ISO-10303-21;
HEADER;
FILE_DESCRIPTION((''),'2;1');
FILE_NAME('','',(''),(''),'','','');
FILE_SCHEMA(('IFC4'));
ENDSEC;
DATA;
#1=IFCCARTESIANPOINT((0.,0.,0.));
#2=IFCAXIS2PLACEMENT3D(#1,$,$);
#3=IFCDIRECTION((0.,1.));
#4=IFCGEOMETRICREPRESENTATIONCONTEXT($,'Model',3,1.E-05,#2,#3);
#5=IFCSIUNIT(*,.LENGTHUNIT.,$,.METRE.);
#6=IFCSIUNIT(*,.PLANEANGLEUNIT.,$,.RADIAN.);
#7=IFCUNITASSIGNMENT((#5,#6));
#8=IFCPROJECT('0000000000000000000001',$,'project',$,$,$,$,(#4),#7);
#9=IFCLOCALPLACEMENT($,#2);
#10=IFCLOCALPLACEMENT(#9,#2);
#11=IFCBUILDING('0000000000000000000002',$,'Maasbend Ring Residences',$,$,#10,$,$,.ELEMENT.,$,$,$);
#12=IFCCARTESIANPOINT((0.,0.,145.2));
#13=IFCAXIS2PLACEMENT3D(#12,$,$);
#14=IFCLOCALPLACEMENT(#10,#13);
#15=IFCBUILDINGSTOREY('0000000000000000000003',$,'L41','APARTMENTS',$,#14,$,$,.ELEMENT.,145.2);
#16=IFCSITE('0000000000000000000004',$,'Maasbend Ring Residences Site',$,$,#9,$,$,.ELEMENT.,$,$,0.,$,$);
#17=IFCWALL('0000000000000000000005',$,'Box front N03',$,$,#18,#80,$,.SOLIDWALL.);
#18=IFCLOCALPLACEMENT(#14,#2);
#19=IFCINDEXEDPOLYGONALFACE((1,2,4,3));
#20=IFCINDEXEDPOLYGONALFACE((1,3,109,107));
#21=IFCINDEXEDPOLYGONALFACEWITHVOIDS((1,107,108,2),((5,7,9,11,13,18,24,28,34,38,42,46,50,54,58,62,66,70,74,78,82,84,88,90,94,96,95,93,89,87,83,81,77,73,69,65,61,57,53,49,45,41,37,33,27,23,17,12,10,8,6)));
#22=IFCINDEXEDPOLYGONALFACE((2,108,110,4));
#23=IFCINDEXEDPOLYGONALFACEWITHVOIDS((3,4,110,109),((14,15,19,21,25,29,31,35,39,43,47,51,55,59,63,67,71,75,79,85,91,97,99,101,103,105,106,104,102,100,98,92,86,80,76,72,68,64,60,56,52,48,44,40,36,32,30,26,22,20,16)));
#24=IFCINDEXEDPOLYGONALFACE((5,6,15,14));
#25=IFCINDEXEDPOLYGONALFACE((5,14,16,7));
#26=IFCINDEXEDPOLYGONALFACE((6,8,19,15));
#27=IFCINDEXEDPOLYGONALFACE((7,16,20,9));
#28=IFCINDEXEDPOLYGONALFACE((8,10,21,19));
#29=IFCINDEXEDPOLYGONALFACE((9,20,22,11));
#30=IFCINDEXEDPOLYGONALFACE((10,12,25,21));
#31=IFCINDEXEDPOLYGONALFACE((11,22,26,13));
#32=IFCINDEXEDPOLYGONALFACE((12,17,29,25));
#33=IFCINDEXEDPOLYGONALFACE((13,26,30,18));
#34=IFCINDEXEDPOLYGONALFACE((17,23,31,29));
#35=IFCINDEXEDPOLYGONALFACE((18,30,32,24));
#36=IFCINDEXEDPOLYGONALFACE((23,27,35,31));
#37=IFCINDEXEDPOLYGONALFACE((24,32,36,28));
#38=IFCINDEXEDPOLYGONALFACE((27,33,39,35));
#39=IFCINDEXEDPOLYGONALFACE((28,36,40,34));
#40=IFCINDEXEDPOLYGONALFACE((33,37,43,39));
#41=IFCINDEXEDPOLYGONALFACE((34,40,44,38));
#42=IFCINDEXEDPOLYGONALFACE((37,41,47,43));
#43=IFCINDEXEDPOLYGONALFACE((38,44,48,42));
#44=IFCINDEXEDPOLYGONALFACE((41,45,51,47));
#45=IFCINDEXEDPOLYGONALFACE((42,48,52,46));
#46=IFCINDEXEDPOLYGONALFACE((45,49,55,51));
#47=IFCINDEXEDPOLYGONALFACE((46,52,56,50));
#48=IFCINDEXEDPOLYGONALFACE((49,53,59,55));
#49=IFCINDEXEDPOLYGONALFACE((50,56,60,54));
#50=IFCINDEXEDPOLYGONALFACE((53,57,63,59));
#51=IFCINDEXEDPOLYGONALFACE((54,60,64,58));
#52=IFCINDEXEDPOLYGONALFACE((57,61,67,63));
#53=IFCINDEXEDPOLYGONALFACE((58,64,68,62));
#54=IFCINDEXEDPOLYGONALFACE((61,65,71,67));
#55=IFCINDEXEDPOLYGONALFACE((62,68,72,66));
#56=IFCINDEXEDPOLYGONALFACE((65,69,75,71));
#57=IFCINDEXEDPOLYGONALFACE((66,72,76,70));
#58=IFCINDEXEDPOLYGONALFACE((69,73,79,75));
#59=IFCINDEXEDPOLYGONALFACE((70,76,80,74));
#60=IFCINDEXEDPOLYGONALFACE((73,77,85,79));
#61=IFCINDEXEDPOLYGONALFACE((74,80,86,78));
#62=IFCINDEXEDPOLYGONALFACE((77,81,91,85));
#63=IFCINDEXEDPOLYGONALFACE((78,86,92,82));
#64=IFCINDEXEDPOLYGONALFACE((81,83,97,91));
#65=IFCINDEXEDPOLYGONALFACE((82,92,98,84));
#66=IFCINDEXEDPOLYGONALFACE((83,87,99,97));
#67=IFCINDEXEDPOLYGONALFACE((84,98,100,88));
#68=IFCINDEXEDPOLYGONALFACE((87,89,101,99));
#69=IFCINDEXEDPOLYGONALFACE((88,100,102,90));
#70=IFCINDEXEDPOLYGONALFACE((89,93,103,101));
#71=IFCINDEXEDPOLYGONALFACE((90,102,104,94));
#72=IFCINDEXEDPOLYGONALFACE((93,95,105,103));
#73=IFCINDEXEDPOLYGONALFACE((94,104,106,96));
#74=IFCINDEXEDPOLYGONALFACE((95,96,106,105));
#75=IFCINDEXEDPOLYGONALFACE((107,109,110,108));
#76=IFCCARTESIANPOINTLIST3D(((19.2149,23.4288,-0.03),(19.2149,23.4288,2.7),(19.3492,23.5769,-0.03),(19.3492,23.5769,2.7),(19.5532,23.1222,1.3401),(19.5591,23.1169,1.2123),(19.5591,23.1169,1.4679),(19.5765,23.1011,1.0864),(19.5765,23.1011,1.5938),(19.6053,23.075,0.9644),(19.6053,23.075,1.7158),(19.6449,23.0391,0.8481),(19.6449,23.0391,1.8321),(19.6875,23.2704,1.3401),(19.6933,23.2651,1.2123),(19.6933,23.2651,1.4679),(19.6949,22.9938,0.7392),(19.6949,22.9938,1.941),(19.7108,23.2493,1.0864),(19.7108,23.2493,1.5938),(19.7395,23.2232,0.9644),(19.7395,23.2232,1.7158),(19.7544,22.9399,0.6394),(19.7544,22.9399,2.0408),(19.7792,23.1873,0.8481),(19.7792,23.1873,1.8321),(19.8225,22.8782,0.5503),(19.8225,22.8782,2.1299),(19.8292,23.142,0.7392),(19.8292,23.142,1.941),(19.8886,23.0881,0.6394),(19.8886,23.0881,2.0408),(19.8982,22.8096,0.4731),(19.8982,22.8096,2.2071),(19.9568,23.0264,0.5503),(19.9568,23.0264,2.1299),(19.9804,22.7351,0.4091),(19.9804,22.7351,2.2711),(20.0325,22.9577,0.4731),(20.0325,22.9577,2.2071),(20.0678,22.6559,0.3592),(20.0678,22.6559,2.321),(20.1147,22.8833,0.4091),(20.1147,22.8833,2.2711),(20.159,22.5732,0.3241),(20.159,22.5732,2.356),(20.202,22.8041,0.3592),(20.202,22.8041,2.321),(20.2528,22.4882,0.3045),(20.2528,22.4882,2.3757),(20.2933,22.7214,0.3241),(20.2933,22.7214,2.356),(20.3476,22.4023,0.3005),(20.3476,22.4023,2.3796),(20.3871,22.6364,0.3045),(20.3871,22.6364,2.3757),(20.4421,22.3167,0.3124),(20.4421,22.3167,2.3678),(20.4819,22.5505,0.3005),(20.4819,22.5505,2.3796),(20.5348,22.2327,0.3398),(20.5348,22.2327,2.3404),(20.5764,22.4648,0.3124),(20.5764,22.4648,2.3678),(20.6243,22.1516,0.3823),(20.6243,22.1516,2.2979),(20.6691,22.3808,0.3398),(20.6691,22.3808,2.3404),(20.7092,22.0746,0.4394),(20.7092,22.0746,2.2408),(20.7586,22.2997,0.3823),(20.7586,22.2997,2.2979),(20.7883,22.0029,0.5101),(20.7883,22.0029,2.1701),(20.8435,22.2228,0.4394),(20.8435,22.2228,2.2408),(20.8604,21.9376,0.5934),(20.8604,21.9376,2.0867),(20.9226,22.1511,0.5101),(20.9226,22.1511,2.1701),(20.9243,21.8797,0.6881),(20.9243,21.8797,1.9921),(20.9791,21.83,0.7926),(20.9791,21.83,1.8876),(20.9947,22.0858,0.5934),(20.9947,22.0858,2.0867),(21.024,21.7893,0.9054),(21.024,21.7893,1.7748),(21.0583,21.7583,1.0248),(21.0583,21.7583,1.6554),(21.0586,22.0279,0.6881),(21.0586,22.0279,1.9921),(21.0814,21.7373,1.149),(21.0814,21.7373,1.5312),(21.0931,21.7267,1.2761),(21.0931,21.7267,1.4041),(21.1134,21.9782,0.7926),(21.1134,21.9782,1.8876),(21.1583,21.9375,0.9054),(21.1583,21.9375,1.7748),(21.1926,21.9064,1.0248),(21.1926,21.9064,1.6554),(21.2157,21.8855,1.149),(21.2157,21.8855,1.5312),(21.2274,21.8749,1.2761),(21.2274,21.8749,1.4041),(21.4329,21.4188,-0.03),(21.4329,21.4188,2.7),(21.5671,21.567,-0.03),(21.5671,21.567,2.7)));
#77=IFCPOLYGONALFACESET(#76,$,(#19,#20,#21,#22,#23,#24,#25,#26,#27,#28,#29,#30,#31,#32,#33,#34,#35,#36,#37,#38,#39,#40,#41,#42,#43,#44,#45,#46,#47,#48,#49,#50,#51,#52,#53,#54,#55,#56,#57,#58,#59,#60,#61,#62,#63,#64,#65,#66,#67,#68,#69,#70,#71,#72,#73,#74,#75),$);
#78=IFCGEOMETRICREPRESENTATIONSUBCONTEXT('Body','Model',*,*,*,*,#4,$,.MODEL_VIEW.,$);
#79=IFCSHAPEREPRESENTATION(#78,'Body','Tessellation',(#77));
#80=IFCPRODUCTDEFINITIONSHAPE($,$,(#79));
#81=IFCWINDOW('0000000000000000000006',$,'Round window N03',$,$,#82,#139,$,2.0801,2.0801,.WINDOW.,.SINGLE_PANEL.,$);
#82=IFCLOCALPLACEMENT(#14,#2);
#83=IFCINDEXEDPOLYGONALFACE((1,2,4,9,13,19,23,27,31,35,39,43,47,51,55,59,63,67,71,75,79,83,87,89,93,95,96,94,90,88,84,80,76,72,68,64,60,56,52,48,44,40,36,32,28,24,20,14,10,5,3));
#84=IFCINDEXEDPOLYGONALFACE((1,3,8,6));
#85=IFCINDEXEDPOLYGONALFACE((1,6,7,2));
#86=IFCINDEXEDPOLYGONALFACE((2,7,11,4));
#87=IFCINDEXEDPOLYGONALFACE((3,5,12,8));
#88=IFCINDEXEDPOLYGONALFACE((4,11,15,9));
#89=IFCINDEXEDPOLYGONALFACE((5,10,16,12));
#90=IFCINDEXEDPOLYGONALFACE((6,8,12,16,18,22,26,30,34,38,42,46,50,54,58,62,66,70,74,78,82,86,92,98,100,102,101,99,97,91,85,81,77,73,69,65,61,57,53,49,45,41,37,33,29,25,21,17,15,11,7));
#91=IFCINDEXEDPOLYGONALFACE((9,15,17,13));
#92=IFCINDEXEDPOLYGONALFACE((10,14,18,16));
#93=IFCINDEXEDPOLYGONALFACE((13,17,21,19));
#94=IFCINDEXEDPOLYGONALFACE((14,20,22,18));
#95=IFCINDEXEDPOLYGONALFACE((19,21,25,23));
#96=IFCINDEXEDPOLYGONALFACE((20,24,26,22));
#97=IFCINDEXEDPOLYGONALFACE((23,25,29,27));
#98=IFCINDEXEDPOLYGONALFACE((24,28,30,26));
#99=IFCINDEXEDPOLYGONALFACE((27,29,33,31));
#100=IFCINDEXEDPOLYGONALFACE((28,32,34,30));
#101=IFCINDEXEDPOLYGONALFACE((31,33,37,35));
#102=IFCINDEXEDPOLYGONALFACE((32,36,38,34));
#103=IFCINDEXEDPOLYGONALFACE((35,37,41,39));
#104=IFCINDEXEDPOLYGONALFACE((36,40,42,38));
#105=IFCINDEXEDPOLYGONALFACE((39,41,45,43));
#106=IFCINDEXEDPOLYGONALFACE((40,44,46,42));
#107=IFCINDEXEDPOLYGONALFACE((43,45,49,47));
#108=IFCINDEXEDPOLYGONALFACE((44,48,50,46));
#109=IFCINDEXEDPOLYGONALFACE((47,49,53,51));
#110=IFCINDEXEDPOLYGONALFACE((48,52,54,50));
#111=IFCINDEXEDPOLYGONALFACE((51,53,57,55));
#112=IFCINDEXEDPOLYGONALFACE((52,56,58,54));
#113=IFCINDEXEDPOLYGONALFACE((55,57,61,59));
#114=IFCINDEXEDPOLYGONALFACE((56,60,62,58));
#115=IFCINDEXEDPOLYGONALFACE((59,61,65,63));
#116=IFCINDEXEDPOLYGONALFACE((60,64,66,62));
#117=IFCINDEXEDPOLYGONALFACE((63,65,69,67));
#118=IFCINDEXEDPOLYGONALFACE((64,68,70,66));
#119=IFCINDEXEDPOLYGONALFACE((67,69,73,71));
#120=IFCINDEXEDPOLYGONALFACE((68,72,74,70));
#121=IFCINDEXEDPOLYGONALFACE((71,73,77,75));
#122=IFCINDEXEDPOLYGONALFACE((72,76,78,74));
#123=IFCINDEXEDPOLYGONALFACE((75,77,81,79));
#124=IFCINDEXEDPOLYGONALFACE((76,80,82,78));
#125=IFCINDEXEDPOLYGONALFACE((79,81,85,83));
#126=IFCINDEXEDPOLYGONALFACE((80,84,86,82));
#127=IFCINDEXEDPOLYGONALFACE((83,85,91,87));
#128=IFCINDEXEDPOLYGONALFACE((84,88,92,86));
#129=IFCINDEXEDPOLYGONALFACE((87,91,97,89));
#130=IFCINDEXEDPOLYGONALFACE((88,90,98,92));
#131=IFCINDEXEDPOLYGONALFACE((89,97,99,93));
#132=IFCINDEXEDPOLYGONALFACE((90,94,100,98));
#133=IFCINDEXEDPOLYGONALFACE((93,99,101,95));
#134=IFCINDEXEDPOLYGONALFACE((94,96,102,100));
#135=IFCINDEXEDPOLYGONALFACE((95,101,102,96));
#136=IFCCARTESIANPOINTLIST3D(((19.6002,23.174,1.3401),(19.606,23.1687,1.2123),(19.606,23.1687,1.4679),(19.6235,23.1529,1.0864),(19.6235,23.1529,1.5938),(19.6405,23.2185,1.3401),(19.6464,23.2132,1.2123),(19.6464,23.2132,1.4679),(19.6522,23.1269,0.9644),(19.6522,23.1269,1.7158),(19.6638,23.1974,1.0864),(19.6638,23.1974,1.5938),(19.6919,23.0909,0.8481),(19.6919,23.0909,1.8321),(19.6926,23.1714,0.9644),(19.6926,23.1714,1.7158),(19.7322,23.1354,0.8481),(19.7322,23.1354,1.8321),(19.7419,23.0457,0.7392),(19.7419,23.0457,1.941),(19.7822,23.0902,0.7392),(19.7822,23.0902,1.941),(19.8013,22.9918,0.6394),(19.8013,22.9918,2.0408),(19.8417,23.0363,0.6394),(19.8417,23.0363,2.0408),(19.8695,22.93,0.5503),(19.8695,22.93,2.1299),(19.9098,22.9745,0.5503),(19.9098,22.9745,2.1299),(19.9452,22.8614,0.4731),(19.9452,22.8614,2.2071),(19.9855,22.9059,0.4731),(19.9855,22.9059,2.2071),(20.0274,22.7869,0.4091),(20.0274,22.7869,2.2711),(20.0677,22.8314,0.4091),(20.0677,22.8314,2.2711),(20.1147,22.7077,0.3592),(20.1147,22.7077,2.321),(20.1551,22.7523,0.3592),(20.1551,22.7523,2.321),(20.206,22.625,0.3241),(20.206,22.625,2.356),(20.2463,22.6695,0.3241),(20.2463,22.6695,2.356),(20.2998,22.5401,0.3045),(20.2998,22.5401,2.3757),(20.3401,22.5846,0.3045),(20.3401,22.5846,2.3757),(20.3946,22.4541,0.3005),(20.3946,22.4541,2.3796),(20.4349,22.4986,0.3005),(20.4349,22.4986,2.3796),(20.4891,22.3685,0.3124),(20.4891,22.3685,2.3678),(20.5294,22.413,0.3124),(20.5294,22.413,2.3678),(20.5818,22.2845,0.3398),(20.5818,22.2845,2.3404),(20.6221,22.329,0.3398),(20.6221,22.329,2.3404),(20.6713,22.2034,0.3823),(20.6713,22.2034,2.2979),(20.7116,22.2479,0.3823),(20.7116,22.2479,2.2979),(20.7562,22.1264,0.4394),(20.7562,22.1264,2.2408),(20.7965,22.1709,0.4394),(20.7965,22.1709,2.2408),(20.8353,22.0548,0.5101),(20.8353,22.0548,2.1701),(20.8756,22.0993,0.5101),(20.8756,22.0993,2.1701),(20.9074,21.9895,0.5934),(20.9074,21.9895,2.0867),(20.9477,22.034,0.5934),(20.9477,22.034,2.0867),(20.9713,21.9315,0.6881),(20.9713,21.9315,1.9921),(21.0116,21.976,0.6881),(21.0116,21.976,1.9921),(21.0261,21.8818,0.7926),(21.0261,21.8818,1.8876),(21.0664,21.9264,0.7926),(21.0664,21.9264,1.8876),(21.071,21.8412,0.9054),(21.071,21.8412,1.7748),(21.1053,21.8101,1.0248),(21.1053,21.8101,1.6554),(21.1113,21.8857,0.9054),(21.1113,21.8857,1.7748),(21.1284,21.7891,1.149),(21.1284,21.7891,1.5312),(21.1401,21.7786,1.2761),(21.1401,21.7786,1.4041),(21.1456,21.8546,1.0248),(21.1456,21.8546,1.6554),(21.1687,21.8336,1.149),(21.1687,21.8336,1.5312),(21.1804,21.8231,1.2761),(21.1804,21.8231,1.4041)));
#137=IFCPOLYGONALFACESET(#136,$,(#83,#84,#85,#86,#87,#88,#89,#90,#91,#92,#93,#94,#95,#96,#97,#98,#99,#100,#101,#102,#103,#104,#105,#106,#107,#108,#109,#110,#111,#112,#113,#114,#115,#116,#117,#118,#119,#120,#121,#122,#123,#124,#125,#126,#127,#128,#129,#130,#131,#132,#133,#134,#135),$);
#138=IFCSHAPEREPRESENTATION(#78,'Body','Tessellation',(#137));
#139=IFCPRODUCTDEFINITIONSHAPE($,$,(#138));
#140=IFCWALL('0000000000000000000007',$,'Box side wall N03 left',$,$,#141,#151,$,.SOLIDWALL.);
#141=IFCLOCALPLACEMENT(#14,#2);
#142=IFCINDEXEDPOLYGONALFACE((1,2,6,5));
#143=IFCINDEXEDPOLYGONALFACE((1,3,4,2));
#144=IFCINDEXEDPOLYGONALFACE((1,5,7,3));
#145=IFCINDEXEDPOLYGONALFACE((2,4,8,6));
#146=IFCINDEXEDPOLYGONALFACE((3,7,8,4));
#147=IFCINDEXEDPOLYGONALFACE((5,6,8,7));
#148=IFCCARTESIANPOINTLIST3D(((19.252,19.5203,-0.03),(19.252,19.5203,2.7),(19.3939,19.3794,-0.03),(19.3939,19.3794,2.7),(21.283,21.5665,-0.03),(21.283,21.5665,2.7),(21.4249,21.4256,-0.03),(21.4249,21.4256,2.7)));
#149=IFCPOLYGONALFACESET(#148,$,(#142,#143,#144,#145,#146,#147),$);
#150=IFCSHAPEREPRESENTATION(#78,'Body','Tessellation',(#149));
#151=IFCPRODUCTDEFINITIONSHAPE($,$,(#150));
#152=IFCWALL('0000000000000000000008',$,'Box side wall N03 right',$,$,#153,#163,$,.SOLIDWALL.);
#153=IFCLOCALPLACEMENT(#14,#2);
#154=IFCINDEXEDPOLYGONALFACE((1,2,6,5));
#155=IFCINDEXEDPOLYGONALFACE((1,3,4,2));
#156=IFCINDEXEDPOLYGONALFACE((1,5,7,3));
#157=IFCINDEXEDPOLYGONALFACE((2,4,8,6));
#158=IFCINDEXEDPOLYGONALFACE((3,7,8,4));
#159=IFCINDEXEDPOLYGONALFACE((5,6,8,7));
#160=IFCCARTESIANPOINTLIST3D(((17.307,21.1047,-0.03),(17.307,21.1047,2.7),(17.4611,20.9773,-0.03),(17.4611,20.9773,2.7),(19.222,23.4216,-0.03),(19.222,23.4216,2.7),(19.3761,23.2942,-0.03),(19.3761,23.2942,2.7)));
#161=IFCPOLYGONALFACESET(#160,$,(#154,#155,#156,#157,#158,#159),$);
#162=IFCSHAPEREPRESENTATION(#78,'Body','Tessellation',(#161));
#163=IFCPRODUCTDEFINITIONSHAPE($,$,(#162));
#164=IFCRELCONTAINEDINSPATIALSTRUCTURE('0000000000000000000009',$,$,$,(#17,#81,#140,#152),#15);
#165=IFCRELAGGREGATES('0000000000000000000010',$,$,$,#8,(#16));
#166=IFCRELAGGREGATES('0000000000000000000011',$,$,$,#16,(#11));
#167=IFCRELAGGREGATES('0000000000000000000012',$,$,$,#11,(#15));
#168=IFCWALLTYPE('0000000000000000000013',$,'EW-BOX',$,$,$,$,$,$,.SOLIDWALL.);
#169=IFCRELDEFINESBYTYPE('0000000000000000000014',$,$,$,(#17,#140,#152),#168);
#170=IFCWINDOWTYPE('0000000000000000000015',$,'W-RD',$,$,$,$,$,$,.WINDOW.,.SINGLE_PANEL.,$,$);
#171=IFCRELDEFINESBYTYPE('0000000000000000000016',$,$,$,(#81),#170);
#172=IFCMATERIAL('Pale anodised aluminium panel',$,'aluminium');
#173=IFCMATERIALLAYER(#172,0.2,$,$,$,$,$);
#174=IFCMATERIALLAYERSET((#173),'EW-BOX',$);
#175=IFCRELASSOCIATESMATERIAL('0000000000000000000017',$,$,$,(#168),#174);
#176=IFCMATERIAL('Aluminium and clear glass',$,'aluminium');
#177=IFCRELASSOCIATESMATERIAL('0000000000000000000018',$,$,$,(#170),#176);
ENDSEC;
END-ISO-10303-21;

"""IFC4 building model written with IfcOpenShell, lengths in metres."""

from ifc_helpers import new_model, si_unit, direction, frame, frame_2d, origin, place, context, subcontext, project, spatial, rectangle, circle, extrude, material, layer, layer_set, type_object, element, fill, save


model = new_model("IFC4")

# Units and contexts
model_context = context("Model", 3, precision=1e-05, world=origin(), true_north=direction((0.0, 1.0)))
body_context = subcontext(model_context, "Body", "Model", "MODEL_VIEW")
ifc_project = project(units=[si_unit("LENGTHUNIT", "METRE"), si_unit("PLANEANGLEUNIT", "RADIAN")], contexts=[model_context])

# Site, building, storey
site_placement = place(None, origin())
site = spatial("IfcSite", under=ifc_project, at=site_placement, Name="Maasbend Ring Residences Site", CompositionType="ELEMENT", RefElevation=0.0)
building_placement = place(site_placement, origin())
building = spatial("IfcBuilding", under=site, at=building_placement, Name="Maasbend Ring Residences", CompositionType="ELEMENT")
storey_placement = place(building_placement, frame((0.0, 0.0, 145.2)))
storey = spatial("IfcBuildingStorey", under=building, at=storey_placement, Name="L41", Description="APARTMENTS", CompositionType="ELEMENT", Elevation=145.2)

# Shared definitions
ifc_material_1 = material(Name="Pale anodised aluminium panel", Category="aluminium")
ifc_layer_1 = layer(ifc_material_1, 0.2)
ifc_layer_set_1 = layer_set([ifc_layer_1], Name="EW-BOX")
wall_type_1 = type_object("IfcWallType", Name="EW-BOX", PredefinedType="SOLIDWALL", material=ifc_layer_set_1)
ifc_material_2 = material(Name="Aluminium and clear glass", Category="aluminium")
window_type_1 = type_object("IfcWindowType", Name="W-RD", PartitioningType="SINGLE_PANEL", PredefinedType="WINDOW", material=ifc_material_2)

# Wall, opening, window
wall_1_placement = place(storey_placement, frame((21.5, 21.4929, -0.03), z_axis=(0.0, 0.0, 1.0), x_axis=(-0.740998, 0.671507, 0.0)))
wall_1 = element("IfcWall", 1, at=wall_1_placement, inside=storey, type_object=wall_type_1, Name="Box front N03", PredefinedType="SOLIDWALL", context=body_context, shape_type="SweptSolid", body=[
    extrude(rectangle(XDim=2.9932, YDim=0.2, at=frame_2d((1.4966, 0.0))), origin(), (0.0, 0.0, 1.0), 2.73),
])
opening_1_placement = place(wall_1_placement, frame((0.4565, 0.0, 0.3301)))
opening_1 = element("IfcOpeningElement", 2, at=opening_1_placement, cuts=wall_1, PredefinedType="OPENING", context=body_context, shape_type="SweptSolid", body=[
    extrude(circle(Radius=1.04, at=frame_2d((1.04, 1.04))), frame((0.0, 0.1099, 0.0), z_axis=(0.0, -1.0, 0.0), x_axis=(1.0, 0.0, 0.0)), (0.0, 0.0, 1.0), 0.22),
])
window_1_placement = place(opening_1_placement, origin())
window_1 = element("IfcWindow", 3, at=window_1_placement, inside=storey, type_object=window_type_1, Name="Round window N03", OverallHeight=2.0801, OverallWidth=2.0801, PartitioningType="SINGLE_PANEL", PredefinedType="WINDOW", context=body_context, shape_type="SweptSolid", body=[
    extrude(circle(Radius=1.04, at=frame_2d((1.04, 1.04))), frame((0.0, 0.03, 0.0), z_axis=(0.0, -1.0, 0.0), x_axis=(1.0, 0.0, 0.0)), (0.0, 0.0, 1.0), 0.0601),
])
fill(opening_1, window_1)

# Walls
wall_2_placement = place(storey_placement, frame((19.323, 19.45, -0.03), z_axis=(0.0, 0.0, 1.0), x_axis=(0.704477, 0.709727, 0.0)))
element("IfcWall", 4, at=wall_2_placement, inside=storey, type_object=wall_type_1, Name="Box side wall N03 left", PredefinedType="SOLIDWALL", context=body_context, shape_type="SweptSolid", body=[
    extrude(rectangle(XDim=2.8831, YDim=0.2, at=frame_2d((1.4414, 0.0))), origin(), (0.0, 0.0, 1.0), 2.73),
])
wall_3_placement = place(storey_placement, frame((17.384, 21.041, -0.03), z_axis=(0.0, 0.0, 1.0), x_axis=(0.637096, 0.770785, 0.0)))
element("IfcWall", 5, at=wall_3_placement, inside=storey, type_object=wall_type_1, Name="Box side wall N03 right", PredefinedType="SOLIDWALL", context=body_context, shape_type="SweptSolid", body=[
    extrude(rectangle(XDim=3.0059, YDim=0.2, at=frame_2d((1.5029, 0.0))), origin(), (0.0, 0.0, 1.0), 2.73),
])

save(model, "model.ifc")
